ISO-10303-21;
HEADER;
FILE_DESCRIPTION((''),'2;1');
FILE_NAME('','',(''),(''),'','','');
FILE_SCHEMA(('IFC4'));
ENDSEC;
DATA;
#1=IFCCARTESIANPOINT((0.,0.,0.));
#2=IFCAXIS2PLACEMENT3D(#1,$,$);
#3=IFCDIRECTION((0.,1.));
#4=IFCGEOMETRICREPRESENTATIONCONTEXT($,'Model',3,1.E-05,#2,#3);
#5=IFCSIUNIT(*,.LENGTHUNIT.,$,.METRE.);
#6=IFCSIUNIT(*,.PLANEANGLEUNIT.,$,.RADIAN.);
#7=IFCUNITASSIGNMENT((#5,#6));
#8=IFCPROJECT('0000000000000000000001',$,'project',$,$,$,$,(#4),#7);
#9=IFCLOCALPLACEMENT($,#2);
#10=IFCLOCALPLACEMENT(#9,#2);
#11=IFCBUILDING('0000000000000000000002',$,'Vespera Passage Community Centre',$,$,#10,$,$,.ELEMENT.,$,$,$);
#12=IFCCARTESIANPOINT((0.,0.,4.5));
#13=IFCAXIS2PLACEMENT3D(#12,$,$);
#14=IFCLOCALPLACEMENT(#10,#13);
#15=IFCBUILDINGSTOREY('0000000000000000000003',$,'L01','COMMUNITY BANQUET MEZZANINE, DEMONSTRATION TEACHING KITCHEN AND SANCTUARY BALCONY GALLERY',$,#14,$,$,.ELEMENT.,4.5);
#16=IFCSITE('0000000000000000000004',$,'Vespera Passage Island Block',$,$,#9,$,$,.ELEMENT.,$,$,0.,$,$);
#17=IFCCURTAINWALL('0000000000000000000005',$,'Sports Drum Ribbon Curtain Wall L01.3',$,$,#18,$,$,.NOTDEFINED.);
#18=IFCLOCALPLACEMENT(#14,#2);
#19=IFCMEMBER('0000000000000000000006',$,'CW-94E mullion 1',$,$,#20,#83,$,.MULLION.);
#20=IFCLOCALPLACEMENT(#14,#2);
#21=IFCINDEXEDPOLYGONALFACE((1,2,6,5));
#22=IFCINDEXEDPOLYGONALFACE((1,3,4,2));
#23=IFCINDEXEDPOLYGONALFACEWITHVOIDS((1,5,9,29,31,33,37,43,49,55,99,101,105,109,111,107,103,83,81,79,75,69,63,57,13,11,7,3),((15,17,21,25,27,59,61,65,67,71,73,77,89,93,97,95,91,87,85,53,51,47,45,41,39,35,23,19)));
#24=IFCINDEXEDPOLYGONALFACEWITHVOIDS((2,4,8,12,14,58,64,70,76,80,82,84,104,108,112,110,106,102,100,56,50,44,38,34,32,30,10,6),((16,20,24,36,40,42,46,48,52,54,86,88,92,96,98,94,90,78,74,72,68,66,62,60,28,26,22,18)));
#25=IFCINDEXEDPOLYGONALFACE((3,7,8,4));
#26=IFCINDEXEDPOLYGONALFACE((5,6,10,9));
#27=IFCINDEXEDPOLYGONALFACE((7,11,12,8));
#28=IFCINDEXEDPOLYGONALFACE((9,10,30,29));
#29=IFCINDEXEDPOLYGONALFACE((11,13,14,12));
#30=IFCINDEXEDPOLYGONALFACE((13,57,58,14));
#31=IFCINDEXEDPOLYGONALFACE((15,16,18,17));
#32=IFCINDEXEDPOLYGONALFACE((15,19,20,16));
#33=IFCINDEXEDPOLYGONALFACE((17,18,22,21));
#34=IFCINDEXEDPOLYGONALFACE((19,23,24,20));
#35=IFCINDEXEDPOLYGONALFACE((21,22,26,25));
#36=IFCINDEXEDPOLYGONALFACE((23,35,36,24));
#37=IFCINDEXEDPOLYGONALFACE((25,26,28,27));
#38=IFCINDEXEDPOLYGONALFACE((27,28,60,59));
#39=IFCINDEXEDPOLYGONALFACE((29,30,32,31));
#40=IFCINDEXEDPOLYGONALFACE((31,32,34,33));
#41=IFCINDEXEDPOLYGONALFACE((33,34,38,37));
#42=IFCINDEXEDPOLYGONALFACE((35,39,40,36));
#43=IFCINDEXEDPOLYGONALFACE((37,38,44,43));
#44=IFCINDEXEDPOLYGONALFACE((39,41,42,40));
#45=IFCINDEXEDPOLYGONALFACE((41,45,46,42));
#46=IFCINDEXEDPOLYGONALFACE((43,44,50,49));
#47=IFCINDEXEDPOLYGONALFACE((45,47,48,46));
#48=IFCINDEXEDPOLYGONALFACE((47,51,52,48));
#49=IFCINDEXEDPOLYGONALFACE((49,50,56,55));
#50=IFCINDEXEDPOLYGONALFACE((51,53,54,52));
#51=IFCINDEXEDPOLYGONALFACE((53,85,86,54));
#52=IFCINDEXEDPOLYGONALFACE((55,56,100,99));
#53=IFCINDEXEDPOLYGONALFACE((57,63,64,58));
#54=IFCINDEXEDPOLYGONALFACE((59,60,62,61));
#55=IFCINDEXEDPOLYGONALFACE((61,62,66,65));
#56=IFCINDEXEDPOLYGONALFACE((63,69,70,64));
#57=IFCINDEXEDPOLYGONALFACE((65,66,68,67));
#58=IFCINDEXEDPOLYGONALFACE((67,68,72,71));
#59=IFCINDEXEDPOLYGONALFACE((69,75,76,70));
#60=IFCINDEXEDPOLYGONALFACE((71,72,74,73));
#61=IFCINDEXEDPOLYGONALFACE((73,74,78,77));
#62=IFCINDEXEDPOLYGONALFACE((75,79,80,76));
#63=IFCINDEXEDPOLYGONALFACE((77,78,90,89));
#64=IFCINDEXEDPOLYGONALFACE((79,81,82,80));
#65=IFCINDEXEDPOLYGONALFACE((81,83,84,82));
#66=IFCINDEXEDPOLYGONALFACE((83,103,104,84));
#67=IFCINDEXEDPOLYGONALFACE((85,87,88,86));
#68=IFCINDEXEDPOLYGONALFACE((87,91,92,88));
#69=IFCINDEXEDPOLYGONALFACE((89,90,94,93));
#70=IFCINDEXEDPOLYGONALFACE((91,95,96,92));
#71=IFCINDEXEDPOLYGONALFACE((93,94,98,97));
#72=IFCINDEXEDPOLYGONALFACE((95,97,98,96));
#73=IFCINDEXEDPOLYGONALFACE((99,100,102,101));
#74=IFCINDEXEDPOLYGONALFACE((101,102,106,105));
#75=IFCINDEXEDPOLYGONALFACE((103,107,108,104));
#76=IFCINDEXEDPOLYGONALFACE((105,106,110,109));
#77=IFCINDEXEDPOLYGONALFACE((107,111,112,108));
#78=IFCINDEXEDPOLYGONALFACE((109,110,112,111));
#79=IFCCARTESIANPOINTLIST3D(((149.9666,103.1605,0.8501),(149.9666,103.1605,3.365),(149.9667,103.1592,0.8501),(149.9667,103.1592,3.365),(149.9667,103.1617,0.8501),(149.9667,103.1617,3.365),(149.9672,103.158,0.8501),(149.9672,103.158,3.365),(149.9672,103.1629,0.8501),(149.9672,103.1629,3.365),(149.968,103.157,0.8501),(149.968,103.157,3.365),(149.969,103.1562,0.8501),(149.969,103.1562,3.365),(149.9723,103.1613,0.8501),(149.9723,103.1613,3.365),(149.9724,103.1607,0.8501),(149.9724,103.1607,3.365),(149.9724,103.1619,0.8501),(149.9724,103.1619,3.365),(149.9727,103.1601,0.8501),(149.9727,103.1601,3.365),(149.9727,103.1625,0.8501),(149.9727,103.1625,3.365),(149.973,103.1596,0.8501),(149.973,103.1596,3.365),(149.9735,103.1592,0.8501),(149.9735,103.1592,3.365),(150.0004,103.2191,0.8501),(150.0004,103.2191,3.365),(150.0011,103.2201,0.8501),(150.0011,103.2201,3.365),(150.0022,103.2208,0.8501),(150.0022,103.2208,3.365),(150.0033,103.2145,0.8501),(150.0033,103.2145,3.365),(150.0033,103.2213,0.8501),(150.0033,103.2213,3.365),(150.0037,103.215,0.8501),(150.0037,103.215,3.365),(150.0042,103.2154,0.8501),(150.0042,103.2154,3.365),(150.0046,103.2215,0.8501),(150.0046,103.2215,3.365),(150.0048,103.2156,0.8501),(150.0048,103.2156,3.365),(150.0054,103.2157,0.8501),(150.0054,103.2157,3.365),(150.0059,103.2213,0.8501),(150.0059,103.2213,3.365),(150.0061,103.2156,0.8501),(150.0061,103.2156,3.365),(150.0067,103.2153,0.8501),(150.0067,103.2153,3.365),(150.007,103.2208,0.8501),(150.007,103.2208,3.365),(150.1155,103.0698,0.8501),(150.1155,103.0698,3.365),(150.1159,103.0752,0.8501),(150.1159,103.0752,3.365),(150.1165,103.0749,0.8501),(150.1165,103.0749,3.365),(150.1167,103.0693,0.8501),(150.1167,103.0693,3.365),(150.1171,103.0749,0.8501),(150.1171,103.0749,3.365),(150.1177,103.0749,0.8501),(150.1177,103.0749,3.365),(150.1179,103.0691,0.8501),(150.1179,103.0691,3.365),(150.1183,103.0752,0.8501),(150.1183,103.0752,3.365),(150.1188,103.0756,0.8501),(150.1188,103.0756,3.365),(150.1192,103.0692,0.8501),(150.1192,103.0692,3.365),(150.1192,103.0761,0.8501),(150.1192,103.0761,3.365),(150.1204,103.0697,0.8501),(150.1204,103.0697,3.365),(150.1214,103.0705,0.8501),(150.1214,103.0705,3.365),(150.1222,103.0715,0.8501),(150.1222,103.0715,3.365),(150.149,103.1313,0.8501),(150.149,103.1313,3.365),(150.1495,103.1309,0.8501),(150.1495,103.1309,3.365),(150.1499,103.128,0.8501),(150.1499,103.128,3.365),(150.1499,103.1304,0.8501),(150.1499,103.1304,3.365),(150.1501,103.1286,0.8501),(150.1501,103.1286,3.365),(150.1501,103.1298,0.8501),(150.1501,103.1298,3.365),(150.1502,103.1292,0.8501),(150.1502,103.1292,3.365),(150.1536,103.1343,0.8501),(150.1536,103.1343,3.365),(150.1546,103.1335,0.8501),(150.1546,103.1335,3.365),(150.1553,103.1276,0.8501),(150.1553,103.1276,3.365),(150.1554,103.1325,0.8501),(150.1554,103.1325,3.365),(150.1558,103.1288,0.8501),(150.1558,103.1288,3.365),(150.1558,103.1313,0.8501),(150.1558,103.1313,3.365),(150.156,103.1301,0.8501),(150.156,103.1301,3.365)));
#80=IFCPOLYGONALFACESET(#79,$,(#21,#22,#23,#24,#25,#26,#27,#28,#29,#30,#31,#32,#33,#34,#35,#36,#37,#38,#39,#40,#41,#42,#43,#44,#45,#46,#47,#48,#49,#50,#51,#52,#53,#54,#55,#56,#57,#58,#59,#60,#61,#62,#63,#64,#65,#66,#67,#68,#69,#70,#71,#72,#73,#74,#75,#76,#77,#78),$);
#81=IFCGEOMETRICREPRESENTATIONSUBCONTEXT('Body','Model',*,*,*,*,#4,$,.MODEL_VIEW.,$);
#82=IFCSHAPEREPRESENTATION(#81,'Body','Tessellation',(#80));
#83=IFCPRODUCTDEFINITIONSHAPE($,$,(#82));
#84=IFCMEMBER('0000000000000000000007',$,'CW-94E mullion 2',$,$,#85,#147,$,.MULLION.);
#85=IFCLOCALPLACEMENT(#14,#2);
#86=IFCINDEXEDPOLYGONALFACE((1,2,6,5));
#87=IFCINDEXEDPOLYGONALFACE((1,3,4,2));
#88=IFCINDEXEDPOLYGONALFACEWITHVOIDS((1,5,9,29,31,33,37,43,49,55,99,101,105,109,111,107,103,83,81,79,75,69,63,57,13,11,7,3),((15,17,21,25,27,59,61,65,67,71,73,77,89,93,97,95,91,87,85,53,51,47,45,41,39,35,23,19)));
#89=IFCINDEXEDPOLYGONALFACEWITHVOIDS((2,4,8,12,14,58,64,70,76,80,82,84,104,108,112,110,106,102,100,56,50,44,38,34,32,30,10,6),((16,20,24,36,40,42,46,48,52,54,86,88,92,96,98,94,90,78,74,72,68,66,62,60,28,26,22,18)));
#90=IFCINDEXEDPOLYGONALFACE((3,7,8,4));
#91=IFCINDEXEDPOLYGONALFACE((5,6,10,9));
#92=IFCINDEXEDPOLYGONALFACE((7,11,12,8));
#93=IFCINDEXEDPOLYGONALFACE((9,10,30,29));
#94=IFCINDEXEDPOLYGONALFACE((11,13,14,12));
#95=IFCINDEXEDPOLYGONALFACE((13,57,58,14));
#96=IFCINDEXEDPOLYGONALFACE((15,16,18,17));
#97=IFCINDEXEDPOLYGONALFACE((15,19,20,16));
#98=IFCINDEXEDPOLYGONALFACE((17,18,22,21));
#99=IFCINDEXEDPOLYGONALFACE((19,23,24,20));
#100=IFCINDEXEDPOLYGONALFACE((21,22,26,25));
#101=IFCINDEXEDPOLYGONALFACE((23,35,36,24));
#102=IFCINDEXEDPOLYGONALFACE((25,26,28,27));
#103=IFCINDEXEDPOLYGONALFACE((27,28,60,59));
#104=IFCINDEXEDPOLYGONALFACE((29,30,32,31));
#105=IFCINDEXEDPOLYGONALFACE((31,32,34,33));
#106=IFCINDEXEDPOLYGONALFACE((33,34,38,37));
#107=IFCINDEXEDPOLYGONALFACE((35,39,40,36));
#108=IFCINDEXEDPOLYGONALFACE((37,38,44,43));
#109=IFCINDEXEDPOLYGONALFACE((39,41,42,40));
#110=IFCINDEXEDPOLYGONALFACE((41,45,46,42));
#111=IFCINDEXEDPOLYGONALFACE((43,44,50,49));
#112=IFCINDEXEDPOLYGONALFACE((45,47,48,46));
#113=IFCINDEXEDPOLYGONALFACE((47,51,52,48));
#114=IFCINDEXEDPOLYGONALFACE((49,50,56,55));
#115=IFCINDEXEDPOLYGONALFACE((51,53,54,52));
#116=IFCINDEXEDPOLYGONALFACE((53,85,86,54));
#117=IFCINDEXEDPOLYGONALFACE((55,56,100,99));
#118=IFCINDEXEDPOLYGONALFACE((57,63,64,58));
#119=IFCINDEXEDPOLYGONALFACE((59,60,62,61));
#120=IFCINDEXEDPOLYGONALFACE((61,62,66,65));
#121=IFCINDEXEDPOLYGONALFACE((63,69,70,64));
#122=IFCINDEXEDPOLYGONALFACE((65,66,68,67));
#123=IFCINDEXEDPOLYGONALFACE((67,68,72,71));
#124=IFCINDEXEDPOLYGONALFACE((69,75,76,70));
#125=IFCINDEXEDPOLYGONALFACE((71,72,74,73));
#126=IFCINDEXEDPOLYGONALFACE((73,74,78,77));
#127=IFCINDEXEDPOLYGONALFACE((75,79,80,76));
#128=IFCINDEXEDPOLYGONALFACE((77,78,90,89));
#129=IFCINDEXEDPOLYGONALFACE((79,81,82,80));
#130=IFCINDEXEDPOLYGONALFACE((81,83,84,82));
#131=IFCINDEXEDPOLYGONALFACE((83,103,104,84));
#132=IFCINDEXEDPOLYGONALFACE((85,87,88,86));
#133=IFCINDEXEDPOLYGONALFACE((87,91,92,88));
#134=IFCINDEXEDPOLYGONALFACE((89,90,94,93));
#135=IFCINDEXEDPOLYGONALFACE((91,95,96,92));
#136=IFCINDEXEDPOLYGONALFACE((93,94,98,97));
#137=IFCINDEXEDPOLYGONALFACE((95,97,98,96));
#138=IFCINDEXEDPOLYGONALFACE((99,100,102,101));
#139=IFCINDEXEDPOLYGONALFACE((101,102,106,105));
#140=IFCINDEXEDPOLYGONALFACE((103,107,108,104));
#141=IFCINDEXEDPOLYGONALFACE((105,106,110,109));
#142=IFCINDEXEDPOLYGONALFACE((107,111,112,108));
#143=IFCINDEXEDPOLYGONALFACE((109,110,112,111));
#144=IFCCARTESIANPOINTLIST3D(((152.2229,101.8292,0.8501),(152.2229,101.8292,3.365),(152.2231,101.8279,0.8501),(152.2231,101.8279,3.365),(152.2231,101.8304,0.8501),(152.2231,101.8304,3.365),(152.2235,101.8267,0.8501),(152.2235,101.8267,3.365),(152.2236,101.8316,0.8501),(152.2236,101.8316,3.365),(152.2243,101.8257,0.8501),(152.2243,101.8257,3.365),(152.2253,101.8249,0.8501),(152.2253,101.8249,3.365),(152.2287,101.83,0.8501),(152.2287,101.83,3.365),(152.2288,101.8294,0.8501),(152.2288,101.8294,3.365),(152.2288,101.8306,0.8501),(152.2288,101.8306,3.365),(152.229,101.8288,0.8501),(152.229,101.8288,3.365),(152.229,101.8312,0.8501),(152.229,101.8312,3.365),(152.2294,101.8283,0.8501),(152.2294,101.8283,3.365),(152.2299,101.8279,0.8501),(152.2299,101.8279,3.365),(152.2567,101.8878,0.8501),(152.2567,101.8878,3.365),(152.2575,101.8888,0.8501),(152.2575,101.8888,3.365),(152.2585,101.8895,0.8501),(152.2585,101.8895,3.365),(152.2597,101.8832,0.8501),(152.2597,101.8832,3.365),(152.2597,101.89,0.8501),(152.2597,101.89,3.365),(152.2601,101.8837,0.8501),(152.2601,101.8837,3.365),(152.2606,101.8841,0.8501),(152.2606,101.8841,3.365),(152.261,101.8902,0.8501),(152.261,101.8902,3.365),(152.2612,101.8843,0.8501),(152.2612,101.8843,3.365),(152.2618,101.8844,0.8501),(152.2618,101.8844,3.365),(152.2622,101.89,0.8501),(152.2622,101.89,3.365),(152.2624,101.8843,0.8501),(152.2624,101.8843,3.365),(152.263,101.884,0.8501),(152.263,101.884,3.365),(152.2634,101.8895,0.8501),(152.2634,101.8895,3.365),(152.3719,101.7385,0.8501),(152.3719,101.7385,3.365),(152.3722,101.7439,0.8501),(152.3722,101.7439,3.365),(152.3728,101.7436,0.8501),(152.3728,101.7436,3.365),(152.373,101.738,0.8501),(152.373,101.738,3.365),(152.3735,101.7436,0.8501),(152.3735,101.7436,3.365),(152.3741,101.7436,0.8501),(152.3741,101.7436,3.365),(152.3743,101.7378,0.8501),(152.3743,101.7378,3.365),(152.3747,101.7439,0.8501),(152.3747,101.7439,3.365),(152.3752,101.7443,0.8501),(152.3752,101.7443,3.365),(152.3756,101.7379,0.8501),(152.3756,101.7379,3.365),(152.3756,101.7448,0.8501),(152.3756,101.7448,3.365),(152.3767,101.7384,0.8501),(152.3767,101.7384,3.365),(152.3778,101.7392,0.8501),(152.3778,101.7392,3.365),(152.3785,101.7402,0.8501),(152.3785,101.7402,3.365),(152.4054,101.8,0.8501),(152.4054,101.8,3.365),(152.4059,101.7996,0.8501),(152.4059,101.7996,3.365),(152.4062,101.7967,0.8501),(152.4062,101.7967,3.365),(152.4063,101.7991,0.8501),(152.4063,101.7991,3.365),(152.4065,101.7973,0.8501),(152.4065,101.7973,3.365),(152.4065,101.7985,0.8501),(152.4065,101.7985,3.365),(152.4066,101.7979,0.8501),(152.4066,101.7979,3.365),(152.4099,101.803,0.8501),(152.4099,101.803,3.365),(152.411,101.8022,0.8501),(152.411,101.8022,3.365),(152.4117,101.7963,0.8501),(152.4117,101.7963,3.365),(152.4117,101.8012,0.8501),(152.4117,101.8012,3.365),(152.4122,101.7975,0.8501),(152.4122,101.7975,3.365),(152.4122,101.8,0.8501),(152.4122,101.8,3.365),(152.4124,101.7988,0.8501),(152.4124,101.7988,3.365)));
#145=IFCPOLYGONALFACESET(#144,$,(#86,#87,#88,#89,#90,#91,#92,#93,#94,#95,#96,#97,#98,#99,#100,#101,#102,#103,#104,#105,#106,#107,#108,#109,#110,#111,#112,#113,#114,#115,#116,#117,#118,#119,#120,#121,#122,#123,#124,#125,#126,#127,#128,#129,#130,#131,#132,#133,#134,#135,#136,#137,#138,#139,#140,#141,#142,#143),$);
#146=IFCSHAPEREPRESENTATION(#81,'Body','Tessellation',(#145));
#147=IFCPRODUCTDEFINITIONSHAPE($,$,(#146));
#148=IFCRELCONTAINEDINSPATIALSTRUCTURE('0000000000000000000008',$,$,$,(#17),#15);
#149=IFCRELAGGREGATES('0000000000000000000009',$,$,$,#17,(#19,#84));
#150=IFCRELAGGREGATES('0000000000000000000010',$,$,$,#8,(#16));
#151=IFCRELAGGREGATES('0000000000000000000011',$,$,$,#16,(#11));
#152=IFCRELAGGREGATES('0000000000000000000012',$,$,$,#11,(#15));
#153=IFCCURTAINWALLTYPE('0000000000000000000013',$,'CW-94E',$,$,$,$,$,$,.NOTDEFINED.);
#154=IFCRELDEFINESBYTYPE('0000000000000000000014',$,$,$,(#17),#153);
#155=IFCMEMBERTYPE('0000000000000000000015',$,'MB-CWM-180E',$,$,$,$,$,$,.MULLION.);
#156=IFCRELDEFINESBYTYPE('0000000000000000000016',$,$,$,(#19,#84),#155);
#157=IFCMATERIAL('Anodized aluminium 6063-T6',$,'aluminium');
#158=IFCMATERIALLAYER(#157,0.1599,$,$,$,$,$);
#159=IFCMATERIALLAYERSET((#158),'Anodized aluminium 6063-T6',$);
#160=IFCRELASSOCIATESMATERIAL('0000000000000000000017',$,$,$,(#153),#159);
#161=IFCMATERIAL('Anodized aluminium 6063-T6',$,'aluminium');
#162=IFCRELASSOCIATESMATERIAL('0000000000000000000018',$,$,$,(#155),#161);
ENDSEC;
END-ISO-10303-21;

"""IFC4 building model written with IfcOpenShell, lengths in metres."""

from ifc_helpers import new_model, si_unit, direction, frame, origin, origin_2d, place, context, subcontext, project, spatial, hollow_rectangle, extrude, material, layer, layer_set, material_profile, profile_set, type_object, element, aggregate, save


model = new_model("IFC4")

# Units and contexts
model_context = context("Model", 3, precision=1e-05, world=origin(), true_north=direction((0.0, 1.0)))
body_context = subcontext(model_context, "Body", "Model", "MODEL_VIEW")
ifc_project = project(units=[si_unit("LENGTHUNIT", "METRE"), si_unit("PLANEANGLEUNIT", "RADIAN")], contexts=[model_context])

# Site, building, storey
site_placement = place(None, origin())
site = spatial("IfcSite", under=ifc_project, at=site_placement, Name="Vespera Passage Island Block", CompositionType="ELEMENT", RefElevation=0.0)
building_placement = place(site_placement, origin())
building = spatial("IfcBuilding", under=site, at=building_placement, Name="Vespera Passage Community Centre", CompositionType="ELEMENT")
storey_placement = place(building_placement, frame((0.0, 0.0, 4.5)))
storey = spatial("IfcBuildingStorey", under=building, at=storey_placement, Name="L01", Description="COMMUNITY BANQUET MEZZANINE, DEMONSTRATION TEACHING KITCHEN AND SANCTUARY BALCONY GALLERY", CompositionType="ELEMENT", Elevation=4.5)

# Curtain wall, members
ifc_material_1 = material(Name="Anodized aluminium 6063-T6", Category="aluminium")
ifc_layer_1 = layer(ifc_material_1, 0.1599)
ifc_layer_set_1 = layer_set([ifc_layer_1], Name="Anodized aluminium 6063-T6")
curtain_wall_type = type_object("IfcCurtainWallType", Name="CW-94E", PredefinedType="NOTDEFINED", material=ifc_layer_set_1)
curtain_wall_1_placement = place(storey_placement, origin())
curtain_wall_1 = element("IfcCurtainWall", 1, at=curtain_wall_1_placement, inside=storey, type_object=curtain_wall_type, Name="Sports Drum Ribbon Curtain Wall L01.3", PredefinedType="NOTDEFINED")
ifc_material_2 = material(Name="Anodized aluminium 6063-T6", Category="aluminium")
ifc_material_profile_1 = material_profile(ifc_material_2, hollow_rectangle(XDim=0.075, YDim=0.1799, WallThickness=0.0049, InnerFilletRadius=0.0024, OuterFilletRadius=0.0049, at=origin_2d()), Name="ALU180X75X5")
ifc_profile_set_1 = profile_set([ifc_material_profile_1], Name="Anodized aluminium 6063-T6")
member_type_1 = type_object("IfcMemberType", Name="MB-CWM-180E", PredefinedType="MULLION", material=ifc_profile_set_1)
member_1_placement = place(storey_placement, frame((150.0613, 103.1453, 0.8501), z_axis=(0.0, 0.0, 1.0), x_axis=(0.50817, 0.861257, 0.0)))
member_1 = element("IfcMember", 2, at=member_1_placement, type_object=member_type_1, Name="CW-94E mullion 1", PredefinedType="MULLION", context=body_context, shape_type="SweptSolid", body=[
    extrude(hollow_rectangle(XDim=0.075, YDim=0.1799, WallThickness=0.0049, InnerFilletRadius=0.0024, OuterFilletRadius=0.0049, at=origin_2d()), origin(), (0.0, 0.0, 1.0), 2.5149),
])
member_2_placement = place(storey_placement, frame((152.3176, 101.814, 0.8501), z_axis=(0.0, 0.0, 1.0), x_axis=(0.50817, 0.861257, 0.0)))
member_2 = element("IfcMember", 3, at=member_2_placement, type_object=member_type_1, Name="CW-94E mullion 2", PredefinedType="MULLION", context=body_context, shape_type="SweptSolid", body=[
    extrude(hollow_rectangle(XDim=0.075, YDim=0.1799, WallThickness=0.0049, InnerFilletRadius=0.0024, OuterFilletRadius=0.0049, at=origin_2d()), origin(), (0.0, 0.0, 1.0), 2.5149),
])

aggregate(curtain_wall_1, [member_1, member_2])

save(model, "model.ifc")
